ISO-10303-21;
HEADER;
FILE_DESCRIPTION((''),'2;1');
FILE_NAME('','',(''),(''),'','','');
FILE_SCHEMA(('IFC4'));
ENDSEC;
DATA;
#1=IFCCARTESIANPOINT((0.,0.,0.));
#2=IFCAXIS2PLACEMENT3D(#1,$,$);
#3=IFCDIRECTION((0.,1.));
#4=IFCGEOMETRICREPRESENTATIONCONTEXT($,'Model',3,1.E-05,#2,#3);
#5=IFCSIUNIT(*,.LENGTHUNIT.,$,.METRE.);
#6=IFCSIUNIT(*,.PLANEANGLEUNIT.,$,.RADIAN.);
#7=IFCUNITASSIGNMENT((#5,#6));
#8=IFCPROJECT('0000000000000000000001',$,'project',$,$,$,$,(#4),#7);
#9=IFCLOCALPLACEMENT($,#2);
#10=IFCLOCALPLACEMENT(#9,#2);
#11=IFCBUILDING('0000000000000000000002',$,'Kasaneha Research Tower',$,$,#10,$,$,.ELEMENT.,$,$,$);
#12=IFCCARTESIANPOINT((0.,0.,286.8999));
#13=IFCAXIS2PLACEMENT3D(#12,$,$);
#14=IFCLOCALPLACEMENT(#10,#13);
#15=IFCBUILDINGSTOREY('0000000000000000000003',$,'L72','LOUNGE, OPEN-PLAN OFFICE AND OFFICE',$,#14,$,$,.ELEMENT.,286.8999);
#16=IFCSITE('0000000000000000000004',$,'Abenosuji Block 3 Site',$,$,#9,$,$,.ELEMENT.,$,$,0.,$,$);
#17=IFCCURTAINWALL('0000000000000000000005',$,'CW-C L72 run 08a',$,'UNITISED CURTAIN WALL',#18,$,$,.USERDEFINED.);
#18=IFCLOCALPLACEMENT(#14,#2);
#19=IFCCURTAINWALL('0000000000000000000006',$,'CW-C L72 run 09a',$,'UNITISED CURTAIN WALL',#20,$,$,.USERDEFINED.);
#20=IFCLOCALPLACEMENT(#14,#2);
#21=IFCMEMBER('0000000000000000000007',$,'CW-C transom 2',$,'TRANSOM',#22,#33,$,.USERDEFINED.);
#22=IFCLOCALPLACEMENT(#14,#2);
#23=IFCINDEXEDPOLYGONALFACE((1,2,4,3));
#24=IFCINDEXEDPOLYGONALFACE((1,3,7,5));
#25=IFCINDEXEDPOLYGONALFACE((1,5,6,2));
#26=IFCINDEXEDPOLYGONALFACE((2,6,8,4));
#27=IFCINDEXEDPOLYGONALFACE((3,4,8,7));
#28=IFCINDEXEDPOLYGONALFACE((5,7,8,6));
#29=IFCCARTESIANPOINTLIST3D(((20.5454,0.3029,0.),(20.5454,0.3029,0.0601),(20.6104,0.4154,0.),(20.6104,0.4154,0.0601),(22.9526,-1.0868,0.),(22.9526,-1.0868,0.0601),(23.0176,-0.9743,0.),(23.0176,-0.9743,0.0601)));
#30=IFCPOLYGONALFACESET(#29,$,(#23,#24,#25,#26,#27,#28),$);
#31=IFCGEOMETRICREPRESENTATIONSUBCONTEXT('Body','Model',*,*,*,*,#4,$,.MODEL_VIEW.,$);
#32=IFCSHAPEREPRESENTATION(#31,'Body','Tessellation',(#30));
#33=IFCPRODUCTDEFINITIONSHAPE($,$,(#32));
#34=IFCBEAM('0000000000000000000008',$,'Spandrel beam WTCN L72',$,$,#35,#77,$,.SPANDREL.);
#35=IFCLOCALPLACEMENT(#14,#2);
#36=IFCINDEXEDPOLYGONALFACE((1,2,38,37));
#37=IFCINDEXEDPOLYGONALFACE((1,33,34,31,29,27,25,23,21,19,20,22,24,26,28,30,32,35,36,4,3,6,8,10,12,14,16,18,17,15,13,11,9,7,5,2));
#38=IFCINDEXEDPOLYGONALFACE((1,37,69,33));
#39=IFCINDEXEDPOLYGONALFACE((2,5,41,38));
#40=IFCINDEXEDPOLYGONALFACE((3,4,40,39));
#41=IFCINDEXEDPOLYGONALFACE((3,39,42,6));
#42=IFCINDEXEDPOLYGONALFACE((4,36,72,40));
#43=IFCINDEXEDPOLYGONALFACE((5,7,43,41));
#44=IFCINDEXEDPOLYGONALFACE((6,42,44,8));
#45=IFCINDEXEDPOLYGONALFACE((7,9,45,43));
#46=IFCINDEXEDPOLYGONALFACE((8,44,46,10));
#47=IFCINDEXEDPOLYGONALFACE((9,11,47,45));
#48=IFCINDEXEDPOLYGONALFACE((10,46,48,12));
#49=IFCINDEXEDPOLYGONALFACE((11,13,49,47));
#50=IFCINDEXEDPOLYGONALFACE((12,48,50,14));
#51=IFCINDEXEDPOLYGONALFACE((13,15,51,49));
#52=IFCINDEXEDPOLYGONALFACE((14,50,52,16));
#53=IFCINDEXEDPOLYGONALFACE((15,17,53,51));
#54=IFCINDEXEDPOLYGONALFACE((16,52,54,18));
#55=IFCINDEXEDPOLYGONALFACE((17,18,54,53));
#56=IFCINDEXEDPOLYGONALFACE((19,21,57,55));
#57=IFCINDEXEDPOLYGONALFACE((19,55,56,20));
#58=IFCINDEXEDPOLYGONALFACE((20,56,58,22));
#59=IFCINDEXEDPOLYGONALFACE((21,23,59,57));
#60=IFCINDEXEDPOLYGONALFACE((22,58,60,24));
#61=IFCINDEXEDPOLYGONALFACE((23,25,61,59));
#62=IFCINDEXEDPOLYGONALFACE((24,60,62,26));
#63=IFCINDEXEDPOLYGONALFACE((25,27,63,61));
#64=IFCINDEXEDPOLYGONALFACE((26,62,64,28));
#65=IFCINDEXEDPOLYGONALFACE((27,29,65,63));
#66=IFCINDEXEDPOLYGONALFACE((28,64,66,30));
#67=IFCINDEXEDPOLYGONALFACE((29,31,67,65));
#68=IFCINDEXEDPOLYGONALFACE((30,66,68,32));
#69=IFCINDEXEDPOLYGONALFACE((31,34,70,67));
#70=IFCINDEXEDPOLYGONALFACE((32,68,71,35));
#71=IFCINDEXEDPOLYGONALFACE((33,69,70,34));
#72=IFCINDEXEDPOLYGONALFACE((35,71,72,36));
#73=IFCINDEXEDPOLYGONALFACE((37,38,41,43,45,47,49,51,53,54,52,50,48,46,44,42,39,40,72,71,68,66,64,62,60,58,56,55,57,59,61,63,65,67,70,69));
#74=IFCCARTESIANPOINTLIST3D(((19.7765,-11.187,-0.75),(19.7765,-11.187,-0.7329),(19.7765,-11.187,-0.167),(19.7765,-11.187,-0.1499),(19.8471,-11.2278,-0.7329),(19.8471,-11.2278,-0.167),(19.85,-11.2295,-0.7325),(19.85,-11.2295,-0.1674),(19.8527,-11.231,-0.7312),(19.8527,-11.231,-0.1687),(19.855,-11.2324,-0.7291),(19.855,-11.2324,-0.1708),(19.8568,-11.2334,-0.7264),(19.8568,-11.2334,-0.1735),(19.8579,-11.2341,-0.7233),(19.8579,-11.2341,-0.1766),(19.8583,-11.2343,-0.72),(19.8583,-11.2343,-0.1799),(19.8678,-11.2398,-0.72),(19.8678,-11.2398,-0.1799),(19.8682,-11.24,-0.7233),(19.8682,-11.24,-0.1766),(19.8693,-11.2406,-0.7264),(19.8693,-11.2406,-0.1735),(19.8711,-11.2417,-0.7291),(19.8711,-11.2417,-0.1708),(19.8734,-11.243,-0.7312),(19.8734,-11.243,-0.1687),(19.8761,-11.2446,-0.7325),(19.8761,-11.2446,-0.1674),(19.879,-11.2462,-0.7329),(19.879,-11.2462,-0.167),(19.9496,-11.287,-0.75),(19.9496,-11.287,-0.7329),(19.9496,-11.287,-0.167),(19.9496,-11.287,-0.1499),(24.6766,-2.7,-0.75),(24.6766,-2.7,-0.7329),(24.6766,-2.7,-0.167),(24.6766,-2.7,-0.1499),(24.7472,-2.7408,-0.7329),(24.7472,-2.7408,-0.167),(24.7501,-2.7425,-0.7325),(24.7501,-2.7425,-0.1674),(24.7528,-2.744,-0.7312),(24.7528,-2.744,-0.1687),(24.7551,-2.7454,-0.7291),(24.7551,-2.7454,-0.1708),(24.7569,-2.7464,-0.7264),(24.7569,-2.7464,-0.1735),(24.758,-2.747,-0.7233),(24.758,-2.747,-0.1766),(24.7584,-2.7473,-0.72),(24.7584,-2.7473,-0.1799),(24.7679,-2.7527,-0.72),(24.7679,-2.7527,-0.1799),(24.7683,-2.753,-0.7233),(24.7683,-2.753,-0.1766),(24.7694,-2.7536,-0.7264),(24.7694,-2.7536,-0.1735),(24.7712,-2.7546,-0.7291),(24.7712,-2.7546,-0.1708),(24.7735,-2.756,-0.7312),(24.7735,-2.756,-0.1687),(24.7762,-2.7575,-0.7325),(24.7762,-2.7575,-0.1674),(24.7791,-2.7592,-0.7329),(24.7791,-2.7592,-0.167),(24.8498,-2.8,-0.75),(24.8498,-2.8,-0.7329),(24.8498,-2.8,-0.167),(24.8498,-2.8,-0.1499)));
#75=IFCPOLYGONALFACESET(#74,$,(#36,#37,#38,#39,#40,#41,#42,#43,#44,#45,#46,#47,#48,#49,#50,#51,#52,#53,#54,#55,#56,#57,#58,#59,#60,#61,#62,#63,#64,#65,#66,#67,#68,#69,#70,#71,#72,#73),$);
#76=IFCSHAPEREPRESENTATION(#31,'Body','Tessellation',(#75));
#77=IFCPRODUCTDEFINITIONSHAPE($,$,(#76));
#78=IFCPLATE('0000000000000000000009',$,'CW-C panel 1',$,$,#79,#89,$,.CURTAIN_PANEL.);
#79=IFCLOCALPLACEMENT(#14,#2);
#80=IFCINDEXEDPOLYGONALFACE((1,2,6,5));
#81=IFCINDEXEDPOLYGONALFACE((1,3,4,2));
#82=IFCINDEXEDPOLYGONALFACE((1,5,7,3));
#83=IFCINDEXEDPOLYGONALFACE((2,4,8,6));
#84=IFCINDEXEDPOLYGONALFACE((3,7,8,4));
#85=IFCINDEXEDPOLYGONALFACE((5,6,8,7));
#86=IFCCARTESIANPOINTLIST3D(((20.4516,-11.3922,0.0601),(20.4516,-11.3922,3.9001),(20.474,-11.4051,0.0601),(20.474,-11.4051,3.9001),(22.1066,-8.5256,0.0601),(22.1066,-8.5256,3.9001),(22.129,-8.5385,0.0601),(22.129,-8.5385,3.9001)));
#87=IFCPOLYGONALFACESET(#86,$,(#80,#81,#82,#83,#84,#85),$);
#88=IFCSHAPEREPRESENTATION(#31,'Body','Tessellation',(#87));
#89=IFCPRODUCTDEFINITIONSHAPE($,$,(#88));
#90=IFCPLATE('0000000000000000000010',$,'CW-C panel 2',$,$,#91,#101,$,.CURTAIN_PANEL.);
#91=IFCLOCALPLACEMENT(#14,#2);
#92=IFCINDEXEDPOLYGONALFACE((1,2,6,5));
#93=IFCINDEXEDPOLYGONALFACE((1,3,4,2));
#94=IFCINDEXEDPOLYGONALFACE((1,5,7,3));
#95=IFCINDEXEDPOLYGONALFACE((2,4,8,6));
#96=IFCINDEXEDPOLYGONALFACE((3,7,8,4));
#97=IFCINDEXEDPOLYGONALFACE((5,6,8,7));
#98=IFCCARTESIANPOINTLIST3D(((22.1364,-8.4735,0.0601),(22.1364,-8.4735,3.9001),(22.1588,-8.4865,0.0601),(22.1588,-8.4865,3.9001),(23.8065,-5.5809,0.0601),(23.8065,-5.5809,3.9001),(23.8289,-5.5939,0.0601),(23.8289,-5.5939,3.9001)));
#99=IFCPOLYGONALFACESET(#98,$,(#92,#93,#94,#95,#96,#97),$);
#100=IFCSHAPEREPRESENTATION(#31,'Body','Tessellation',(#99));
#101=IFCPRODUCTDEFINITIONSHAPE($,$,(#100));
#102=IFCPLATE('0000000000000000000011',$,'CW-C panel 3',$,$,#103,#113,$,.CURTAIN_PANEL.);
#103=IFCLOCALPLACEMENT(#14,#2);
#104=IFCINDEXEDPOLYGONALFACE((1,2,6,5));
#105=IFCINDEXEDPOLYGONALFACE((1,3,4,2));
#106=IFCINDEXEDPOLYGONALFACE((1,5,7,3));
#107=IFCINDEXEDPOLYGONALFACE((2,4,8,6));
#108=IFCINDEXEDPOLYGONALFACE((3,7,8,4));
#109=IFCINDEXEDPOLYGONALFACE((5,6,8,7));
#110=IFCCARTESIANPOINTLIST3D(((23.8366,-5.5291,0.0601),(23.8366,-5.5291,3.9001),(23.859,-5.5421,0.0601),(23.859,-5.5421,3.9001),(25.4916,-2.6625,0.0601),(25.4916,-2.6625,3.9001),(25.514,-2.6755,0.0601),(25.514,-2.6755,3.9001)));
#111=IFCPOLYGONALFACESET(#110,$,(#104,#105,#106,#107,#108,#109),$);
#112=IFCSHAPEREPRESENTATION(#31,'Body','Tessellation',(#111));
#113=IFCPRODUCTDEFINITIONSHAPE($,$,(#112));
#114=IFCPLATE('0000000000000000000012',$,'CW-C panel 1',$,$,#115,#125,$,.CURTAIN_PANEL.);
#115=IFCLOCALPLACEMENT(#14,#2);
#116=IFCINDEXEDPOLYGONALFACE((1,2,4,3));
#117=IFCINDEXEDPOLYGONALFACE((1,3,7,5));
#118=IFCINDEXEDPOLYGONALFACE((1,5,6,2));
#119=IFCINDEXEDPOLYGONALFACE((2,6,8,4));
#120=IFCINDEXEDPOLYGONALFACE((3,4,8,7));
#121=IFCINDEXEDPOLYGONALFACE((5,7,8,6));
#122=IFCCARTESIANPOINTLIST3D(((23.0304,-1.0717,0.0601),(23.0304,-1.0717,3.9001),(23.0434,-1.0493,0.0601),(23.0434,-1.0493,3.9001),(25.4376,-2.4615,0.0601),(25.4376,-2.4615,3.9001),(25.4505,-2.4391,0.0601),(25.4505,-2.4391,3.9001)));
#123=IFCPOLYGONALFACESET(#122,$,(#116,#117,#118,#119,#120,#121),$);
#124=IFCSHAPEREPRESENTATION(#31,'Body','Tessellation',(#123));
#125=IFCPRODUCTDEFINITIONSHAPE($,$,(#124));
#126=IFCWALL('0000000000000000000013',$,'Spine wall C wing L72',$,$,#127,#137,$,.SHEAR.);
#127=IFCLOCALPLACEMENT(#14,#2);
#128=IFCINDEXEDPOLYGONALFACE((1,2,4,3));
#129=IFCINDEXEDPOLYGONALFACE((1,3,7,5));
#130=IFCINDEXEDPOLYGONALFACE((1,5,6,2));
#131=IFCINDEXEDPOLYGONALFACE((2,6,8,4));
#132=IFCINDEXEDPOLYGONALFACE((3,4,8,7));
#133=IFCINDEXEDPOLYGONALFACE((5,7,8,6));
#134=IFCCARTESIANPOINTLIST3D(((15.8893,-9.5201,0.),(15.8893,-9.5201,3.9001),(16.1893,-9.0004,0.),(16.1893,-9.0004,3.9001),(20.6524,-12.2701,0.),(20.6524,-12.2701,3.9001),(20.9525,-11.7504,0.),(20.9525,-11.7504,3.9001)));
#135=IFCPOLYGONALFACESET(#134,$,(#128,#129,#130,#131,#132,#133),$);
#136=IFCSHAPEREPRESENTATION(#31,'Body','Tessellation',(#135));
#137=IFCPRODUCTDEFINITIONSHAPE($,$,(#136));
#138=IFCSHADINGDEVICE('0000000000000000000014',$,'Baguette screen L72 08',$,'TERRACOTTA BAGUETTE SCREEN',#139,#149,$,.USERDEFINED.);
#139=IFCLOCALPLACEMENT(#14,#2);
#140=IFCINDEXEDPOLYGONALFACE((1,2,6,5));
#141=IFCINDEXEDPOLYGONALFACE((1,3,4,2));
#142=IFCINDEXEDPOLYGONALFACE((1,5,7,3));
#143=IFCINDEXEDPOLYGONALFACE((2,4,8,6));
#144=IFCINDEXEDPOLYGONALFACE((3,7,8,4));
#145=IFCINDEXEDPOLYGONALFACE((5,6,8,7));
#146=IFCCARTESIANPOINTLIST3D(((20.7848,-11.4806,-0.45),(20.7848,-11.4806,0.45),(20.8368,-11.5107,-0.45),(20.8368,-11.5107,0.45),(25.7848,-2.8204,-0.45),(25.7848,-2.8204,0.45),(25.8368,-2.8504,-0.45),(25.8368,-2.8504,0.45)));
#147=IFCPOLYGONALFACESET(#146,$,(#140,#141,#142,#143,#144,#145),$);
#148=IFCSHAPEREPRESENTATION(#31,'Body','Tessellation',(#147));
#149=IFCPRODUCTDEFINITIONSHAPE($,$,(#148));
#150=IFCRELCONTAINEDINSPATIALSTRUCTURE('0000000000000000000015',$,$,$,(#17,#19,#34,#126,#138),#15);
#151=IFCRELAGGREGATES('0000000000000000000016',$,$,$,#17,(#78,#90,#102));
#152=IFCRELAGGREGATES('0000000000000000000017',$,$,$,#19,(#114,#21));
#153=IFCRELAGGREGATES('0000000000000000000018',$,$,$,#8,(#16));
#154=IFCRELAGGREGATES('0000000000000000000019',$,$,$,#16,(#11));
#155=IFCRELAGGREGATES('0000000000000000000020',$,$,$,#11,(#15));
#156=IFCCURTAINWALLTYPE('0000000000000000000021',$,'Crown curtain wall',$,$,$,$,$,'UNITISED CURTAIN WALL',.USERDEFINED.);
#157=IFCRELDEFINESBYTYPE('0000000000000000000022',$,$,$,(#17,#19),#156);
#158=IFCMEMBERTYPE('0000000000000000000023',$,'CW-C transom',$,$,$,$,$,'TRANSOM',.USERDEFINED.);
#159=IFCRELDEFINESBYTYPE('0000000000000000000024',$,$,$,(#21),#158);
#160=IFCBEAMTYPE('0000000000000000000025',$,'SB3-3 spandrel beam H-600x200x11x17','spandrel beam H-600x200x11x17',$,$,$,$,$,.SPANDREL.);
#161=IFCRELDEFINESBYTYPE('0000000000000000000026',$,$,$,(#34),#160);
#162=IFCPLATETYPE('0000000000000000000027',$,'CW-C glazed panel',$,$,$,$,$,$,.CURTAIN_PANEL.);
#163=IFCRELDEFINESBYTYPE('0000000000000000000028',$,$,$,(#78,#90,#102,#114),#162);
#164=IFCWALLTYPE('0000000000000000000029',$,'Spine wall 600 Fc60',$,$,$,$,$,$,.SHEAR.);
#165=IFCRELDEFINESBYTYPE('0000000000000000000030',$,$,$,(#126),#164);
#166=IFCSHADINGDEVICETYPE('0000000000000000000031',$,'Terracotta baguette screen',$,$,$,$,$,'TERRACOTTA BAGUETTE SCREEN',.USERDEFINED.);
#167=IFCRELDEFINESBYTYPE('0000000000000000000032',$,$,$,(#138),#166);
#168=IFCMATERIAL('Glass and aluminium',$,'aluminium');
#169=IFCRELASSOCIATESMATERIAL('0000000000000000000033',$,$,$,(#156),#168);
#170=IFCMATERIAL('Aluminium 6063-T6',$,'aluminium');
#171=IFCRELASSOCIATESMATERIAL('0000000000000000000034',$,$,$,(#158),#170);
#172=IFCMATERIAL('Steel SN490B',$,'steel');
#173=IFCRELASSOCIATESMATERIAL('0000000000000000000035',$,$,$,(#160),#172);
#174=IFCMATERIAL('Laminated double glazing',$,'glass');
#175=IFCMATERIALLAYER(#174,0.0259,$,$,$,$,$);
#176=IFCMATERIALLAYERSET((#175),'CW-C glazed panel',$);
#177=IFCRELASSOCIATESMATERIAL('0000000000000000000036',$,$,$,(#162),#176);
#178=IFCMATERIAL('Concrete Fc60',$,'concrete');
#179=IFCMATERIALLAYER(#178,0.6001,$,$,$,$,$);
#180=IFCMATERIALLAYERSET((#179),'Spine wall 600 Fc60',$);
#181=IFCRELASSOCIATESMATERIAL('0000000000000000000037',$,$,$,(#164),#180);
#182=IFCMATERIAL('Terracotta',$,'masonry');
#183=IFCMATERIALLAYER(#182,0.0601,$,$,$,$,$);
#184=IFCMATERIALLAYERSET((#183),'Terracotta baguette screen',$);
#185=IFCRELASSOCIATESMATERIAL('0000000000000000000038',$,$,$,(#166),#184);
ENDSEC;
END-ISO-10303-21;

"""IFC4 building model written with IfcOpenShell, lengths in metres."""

from ifc_helpers import new_model, si_unit, direction, frame, frame_2d, origin, origin_2d, place, context, subcontext, project, spatial, rectangle, i_section, extrude, material, layer, layer_set, material_profile, profile_set, type_object, element, aggregate, save


model = new_model("IFC4")

# Units and contexts
model_context = context("Model", 3, precision=1e-05, world=origin(), true_north=direction((0.0, 1.0)))
body_context = subcontext(model_context, "Body", "Model", "MODEL_VIEW")
ifc_project = project(units=[si_unit("LENGTHUNIT", "METRE"), si_unit("PLANEANGLEUNIT", "RADIAN")], contexts=[model_context])

# Site, building, storey
site_placement = place(None, origin())
site = spatial("IfcSite", under=ifc_project, at=site_placement, Name="Abenosuji Block 3 Site", CompositionType="ELEMENT", RefElevation=0.0)
building_placement = place(site_placement, origin())
building = spatial("IfcBuilding", under=site, at=building_placement, Name="Kasaneha Research Tower", CompositionType="ELEMENT")
storey_placement = place(building_placement, frame((0.0, 0.0, 286.8999)))
storey = spatial("IfcBuildingStorey", under=building, at=storey_placement, Name="L72", Description="LOUNGE, OPEN-PLAN OFFICE AND OFFICE", CompositionType="ELEMENT", Elevation=286.8999)

# Curtain walls
ifc_material_1 = material(Name="Glass and aluminium", Category="aluminium")
curtain_wall_type = type_object("IfcCurtainWallType", Name="Crown curtain wall", ElementType="UNITISED CURTAIN WALL", PredefinedType="USERDEFINED", material=ifc_material_1)
curtain_wall_1_placement = place(storey_placement, origin())
curtain_wall_1 = element("IfcCurtainWall", 1, at=curtain_wall_1_placement, inside=storey, type_object=curtain_wall_type, Name="CW-C L72 run 08a", ObjectType="UNITISED CURTAIN WALL", PredefinedType="USERDEFINED")
curtain_wall_2_placement = place(storey_placement, origin())
curtain_wall_2 = element("IfcCurtainWall", 2, at=curtain_wall_2_placement, inside=storey, type_object=curtain_wall_type, Name="CW-C L72 run 09a", ObjectType="UNITISED CURTAIN WALL", PredefinedType="USERDEFINED")

# Member
ifc_material_2 = material(Name="Aluminium 6063-T6", Category="aluminium")
ifc_material_profile_1 = material_profile(ifc_material_2, rectangle(XDim=0.1299, YDim=0.0601, at=origin_2d()), Name="CW-C transom 130x60")
ifc_profile_set_1 = profile_set([ifc_material_profile_1], Name="Aluminium 6063-T6")
member_type_1 = type_object("IfcMemberType", Name="CW-C transom", ElementType="TRANSOM", PredefinedType="USERDEFINED", material=ifc_profile_set_1)
member_1_placement = place(storey_placement, frame((22.9851, -1.0305, 0.03), z_axis=(-0.866051, 0.499956, 0.0), x_axis=(-0.499956, -0.866051, 0.0)))
member_1 = element("IfcMember", 3, at=member_1_placement, type_object=member_type_1, Name="CW-C transom 2", ObjectType="TRANSOM", PredefinedType="USERDEFINED", context=body_context, shape_type="SweptSolid", body=[
    extrude(rectangle(XDim=0.1299, YDim=0.0601, at=origin_2d()), origin(), (0.0, 0.0, 1.0), 2.7795),
])

# Beam
ifc_material_3 = material(Name="Steel SN490B", Category="steel")
ifc_material_profile_2 = material_profile(ifc_material_3, i_section(OverallWidth=0.2, OverallDepth=0.6001, WebThickness=0.011, FlangeThickness=0.0171, FilletRadius=0.0129, at=origin_2d()), Name="H-600x200x11x17")
ifc_profile_set_2 = profile_set([ifc_material_profile_2], Name="Steel SN490B")
beam_type_1 = type_object("IfcBeamType", Name="SB3-3 spandrel beam H-600x200x11x17", Description="spandrel beam H-600x200x11x17", PredefinedType="SPANDREL", material=ifc_profile_set_2)
beam_1_placement = place(storey_placement, frame((24.7632, -2.75, -0.45), z_axis=(-0.500011, -0.866019, 0.0), x_axis=(0.866019, -0.500011, 0.0)))
element("IfcBeam", 4, at=beam_1_placement, inside=storey, type_object=beam_type_1, Name="Spandrel beam WTCN L72", PredefinedType="SPANDREL", context=body_context, shape_type="SweptSolid", body=[
    extrude(i_section(OverallWidth=0.2, OverallDepth=0.6001, WebThickness=0.011, FlangeThickness=0.0171, FilletRadius=0.0129, at=origin_2d()), origin(), (0.0, 0.0, 1.0), 9.8),
])

# Plates
ifc_material_4 = material(Name="Laminated double glazing", Category="glass")
ifc_layer_1 = layer(ifc_material_4, 0.0259)
ifc_layer_set_1 = layer_set([ifc_layer_1], Name="CW-C glazed panel")
plate_type = type_object("IfcPlateType", Name="CW-C glazed panel", PredefinedType="CURTAIN_PANEL", material=ifc_layer_set_1)
plate_1_placement = place(storey_placement, frame((21.2903, -9.9653, 0.0601), z_axis=(0.0, 0.0, 1.0), x_axis=(0.5, 0.866025, 0.0)))
plate_1 = element("IfcPlate", 5, at=plate_1_placement, type_object=plate_type, Name="CW-C panel 1", PredefinedType="CURTAIN_PANEL", context=body_context, shape_type="SweptSolid", body=[
    extrude(rectangle(XDim=3.3101, YDim=0.0259, at=origin_2d()), origin(), (0.0, 0.0, 1.0), 3.8401),
])
plate_2_placement = place(storey_placement, frame((22.9827, -7.0337, 0.0601), z_axis=(0.0, 0.0, 1.0), x_axis=(0.5, 0.866025, 0.0)))
plate_2 = element("IfcPlate", 6, at=plate_2_placement, type_object=plate_type, Name="CW-C panel 2", PredefinedType="CURTAIN_PANEL", context=body_context, shape_type="SweptSolid", body=[
    extrude(rectangle(XDim=3.3401, YDim=0.0259, at=origin_2d()), origin(), (0.0, 0.0, 1.0), 3.8401),
])
plate_3_placement = place(storey_placement, frame((24.6753, -4.1023, 0.0601), z_axis=(0.0, 0.0, 1.0), x_axis=(0.5, 0.866025, 0.0)))
plate_3 = element("IfcPlate", 7, at=plate_3_placement, type_object=plate_type, Name="CW-C panel 3", PredefinedType="CURTAIN_PANEL", context=body_context, shape_type="SweptSolid", body=[
    extrude(rectangle(XDim=3.3101, YDim=0.0259, at=origin_2d()), origin(), (0.0, 0.0, 1.0), 3.8401),
])
aggregate(curtain_wall_1, [plate_1, plate_2, plate_3])
plate_4_placement = place(storey_placement, frame((24.2405, -1.7554, 0.0601), z_axis=(0.0, 0.0, 1.0), x_axis=(-0.866025, 0.5, 0.0)))
plate_4 = element("IfcPlate", 8, at=plate_4_placement, type_object=plate_type, Name="CW-C panel 1", PredefinedType="CURTAIN_PANEL", context=body_context, shape_type="SweptSolid", body=[
    extrude(rectangle(XDim=2.7795, YDim=0.0259, at=origin_2d()), origin(), (0.0, 0.0, 1.0), 3.8401),
])
aggregate(curtain_wall_2, [plate_4, member_1])

# Wall
ifc_material_5 = material(Name="Concrete Fc60", Category="concrete")
ifc_layer_2 = layer(ifc_material_5, 0.6001)
ifc_layer_set_2 = layer_set([ifc_layer_2], Name="Spine wall 600 Fc60")
wall_type = type_object("IfcWallType", Name="Spine wall 600 Fc60", PredefinedType="SHEAR", material=ifc_layer_set_2)
wall_placement = place(storey_placement, frame((16.0393, -9.2603, 0.0), z_axis=(0.0, 0.0, 1.0), x_axis=(0.866027, -0.499997, 0.0)))
element("IfcWall", 9, at=wall_placement, inside=storey, type_object=wall_type, Name="Spine wall C wing L72", PredefinedType="SHEAR", context=body_context, shape_type="SweptSolid", body=[
    extrude(rectangle(XDim=5.5, YDim=0.6001, at=frame_2d((2.75, 0.0))), origin(), (0.0, 0.0, 1.0), 3.9001),
])

# Shading device
ifc_material_6 = material(Name="Terracotta", Category="masonry")
ifc_layer_3 = layer(ifc_material_6, 0.0601)
ifc_layer_set_3 = layer_set([ifc_layer_3], Name="Terracotta baguette screen")
shading_device_type = type_object("IfcShadingDeviceType", Name="Terracotta baguette screen", ElementType="TERRACOTTA BAGUETTE SCREEN", PredefinedType="USERDEFINED", material=ifc_layer_set_3)
shading_device_placement = place(storey_placement, frame((23.3108, -7.1655, -0.45), z_axis=(0.0, 0.0, 1.0), x_axis=(0.5, 0.866025, 0.0)))
element("IfcShadingDevice", 10, at=shading_device_placement, inside=storey, type_object=shading_device_type, Name="Baguette screen L72 08", ObjectType="TERRACOTTA BAGUETTE SCREEN", PredefinedType="USERDEFINED", context=body_context, shape_type="SweptSolid", body=[
    extrude(rectangle(XDim=10.0, YDim=0.0601, at=origin_2d()), origin(), (0.0, 0.0, 1.0), 0.8999),
])

save(model, "model.ifc")
